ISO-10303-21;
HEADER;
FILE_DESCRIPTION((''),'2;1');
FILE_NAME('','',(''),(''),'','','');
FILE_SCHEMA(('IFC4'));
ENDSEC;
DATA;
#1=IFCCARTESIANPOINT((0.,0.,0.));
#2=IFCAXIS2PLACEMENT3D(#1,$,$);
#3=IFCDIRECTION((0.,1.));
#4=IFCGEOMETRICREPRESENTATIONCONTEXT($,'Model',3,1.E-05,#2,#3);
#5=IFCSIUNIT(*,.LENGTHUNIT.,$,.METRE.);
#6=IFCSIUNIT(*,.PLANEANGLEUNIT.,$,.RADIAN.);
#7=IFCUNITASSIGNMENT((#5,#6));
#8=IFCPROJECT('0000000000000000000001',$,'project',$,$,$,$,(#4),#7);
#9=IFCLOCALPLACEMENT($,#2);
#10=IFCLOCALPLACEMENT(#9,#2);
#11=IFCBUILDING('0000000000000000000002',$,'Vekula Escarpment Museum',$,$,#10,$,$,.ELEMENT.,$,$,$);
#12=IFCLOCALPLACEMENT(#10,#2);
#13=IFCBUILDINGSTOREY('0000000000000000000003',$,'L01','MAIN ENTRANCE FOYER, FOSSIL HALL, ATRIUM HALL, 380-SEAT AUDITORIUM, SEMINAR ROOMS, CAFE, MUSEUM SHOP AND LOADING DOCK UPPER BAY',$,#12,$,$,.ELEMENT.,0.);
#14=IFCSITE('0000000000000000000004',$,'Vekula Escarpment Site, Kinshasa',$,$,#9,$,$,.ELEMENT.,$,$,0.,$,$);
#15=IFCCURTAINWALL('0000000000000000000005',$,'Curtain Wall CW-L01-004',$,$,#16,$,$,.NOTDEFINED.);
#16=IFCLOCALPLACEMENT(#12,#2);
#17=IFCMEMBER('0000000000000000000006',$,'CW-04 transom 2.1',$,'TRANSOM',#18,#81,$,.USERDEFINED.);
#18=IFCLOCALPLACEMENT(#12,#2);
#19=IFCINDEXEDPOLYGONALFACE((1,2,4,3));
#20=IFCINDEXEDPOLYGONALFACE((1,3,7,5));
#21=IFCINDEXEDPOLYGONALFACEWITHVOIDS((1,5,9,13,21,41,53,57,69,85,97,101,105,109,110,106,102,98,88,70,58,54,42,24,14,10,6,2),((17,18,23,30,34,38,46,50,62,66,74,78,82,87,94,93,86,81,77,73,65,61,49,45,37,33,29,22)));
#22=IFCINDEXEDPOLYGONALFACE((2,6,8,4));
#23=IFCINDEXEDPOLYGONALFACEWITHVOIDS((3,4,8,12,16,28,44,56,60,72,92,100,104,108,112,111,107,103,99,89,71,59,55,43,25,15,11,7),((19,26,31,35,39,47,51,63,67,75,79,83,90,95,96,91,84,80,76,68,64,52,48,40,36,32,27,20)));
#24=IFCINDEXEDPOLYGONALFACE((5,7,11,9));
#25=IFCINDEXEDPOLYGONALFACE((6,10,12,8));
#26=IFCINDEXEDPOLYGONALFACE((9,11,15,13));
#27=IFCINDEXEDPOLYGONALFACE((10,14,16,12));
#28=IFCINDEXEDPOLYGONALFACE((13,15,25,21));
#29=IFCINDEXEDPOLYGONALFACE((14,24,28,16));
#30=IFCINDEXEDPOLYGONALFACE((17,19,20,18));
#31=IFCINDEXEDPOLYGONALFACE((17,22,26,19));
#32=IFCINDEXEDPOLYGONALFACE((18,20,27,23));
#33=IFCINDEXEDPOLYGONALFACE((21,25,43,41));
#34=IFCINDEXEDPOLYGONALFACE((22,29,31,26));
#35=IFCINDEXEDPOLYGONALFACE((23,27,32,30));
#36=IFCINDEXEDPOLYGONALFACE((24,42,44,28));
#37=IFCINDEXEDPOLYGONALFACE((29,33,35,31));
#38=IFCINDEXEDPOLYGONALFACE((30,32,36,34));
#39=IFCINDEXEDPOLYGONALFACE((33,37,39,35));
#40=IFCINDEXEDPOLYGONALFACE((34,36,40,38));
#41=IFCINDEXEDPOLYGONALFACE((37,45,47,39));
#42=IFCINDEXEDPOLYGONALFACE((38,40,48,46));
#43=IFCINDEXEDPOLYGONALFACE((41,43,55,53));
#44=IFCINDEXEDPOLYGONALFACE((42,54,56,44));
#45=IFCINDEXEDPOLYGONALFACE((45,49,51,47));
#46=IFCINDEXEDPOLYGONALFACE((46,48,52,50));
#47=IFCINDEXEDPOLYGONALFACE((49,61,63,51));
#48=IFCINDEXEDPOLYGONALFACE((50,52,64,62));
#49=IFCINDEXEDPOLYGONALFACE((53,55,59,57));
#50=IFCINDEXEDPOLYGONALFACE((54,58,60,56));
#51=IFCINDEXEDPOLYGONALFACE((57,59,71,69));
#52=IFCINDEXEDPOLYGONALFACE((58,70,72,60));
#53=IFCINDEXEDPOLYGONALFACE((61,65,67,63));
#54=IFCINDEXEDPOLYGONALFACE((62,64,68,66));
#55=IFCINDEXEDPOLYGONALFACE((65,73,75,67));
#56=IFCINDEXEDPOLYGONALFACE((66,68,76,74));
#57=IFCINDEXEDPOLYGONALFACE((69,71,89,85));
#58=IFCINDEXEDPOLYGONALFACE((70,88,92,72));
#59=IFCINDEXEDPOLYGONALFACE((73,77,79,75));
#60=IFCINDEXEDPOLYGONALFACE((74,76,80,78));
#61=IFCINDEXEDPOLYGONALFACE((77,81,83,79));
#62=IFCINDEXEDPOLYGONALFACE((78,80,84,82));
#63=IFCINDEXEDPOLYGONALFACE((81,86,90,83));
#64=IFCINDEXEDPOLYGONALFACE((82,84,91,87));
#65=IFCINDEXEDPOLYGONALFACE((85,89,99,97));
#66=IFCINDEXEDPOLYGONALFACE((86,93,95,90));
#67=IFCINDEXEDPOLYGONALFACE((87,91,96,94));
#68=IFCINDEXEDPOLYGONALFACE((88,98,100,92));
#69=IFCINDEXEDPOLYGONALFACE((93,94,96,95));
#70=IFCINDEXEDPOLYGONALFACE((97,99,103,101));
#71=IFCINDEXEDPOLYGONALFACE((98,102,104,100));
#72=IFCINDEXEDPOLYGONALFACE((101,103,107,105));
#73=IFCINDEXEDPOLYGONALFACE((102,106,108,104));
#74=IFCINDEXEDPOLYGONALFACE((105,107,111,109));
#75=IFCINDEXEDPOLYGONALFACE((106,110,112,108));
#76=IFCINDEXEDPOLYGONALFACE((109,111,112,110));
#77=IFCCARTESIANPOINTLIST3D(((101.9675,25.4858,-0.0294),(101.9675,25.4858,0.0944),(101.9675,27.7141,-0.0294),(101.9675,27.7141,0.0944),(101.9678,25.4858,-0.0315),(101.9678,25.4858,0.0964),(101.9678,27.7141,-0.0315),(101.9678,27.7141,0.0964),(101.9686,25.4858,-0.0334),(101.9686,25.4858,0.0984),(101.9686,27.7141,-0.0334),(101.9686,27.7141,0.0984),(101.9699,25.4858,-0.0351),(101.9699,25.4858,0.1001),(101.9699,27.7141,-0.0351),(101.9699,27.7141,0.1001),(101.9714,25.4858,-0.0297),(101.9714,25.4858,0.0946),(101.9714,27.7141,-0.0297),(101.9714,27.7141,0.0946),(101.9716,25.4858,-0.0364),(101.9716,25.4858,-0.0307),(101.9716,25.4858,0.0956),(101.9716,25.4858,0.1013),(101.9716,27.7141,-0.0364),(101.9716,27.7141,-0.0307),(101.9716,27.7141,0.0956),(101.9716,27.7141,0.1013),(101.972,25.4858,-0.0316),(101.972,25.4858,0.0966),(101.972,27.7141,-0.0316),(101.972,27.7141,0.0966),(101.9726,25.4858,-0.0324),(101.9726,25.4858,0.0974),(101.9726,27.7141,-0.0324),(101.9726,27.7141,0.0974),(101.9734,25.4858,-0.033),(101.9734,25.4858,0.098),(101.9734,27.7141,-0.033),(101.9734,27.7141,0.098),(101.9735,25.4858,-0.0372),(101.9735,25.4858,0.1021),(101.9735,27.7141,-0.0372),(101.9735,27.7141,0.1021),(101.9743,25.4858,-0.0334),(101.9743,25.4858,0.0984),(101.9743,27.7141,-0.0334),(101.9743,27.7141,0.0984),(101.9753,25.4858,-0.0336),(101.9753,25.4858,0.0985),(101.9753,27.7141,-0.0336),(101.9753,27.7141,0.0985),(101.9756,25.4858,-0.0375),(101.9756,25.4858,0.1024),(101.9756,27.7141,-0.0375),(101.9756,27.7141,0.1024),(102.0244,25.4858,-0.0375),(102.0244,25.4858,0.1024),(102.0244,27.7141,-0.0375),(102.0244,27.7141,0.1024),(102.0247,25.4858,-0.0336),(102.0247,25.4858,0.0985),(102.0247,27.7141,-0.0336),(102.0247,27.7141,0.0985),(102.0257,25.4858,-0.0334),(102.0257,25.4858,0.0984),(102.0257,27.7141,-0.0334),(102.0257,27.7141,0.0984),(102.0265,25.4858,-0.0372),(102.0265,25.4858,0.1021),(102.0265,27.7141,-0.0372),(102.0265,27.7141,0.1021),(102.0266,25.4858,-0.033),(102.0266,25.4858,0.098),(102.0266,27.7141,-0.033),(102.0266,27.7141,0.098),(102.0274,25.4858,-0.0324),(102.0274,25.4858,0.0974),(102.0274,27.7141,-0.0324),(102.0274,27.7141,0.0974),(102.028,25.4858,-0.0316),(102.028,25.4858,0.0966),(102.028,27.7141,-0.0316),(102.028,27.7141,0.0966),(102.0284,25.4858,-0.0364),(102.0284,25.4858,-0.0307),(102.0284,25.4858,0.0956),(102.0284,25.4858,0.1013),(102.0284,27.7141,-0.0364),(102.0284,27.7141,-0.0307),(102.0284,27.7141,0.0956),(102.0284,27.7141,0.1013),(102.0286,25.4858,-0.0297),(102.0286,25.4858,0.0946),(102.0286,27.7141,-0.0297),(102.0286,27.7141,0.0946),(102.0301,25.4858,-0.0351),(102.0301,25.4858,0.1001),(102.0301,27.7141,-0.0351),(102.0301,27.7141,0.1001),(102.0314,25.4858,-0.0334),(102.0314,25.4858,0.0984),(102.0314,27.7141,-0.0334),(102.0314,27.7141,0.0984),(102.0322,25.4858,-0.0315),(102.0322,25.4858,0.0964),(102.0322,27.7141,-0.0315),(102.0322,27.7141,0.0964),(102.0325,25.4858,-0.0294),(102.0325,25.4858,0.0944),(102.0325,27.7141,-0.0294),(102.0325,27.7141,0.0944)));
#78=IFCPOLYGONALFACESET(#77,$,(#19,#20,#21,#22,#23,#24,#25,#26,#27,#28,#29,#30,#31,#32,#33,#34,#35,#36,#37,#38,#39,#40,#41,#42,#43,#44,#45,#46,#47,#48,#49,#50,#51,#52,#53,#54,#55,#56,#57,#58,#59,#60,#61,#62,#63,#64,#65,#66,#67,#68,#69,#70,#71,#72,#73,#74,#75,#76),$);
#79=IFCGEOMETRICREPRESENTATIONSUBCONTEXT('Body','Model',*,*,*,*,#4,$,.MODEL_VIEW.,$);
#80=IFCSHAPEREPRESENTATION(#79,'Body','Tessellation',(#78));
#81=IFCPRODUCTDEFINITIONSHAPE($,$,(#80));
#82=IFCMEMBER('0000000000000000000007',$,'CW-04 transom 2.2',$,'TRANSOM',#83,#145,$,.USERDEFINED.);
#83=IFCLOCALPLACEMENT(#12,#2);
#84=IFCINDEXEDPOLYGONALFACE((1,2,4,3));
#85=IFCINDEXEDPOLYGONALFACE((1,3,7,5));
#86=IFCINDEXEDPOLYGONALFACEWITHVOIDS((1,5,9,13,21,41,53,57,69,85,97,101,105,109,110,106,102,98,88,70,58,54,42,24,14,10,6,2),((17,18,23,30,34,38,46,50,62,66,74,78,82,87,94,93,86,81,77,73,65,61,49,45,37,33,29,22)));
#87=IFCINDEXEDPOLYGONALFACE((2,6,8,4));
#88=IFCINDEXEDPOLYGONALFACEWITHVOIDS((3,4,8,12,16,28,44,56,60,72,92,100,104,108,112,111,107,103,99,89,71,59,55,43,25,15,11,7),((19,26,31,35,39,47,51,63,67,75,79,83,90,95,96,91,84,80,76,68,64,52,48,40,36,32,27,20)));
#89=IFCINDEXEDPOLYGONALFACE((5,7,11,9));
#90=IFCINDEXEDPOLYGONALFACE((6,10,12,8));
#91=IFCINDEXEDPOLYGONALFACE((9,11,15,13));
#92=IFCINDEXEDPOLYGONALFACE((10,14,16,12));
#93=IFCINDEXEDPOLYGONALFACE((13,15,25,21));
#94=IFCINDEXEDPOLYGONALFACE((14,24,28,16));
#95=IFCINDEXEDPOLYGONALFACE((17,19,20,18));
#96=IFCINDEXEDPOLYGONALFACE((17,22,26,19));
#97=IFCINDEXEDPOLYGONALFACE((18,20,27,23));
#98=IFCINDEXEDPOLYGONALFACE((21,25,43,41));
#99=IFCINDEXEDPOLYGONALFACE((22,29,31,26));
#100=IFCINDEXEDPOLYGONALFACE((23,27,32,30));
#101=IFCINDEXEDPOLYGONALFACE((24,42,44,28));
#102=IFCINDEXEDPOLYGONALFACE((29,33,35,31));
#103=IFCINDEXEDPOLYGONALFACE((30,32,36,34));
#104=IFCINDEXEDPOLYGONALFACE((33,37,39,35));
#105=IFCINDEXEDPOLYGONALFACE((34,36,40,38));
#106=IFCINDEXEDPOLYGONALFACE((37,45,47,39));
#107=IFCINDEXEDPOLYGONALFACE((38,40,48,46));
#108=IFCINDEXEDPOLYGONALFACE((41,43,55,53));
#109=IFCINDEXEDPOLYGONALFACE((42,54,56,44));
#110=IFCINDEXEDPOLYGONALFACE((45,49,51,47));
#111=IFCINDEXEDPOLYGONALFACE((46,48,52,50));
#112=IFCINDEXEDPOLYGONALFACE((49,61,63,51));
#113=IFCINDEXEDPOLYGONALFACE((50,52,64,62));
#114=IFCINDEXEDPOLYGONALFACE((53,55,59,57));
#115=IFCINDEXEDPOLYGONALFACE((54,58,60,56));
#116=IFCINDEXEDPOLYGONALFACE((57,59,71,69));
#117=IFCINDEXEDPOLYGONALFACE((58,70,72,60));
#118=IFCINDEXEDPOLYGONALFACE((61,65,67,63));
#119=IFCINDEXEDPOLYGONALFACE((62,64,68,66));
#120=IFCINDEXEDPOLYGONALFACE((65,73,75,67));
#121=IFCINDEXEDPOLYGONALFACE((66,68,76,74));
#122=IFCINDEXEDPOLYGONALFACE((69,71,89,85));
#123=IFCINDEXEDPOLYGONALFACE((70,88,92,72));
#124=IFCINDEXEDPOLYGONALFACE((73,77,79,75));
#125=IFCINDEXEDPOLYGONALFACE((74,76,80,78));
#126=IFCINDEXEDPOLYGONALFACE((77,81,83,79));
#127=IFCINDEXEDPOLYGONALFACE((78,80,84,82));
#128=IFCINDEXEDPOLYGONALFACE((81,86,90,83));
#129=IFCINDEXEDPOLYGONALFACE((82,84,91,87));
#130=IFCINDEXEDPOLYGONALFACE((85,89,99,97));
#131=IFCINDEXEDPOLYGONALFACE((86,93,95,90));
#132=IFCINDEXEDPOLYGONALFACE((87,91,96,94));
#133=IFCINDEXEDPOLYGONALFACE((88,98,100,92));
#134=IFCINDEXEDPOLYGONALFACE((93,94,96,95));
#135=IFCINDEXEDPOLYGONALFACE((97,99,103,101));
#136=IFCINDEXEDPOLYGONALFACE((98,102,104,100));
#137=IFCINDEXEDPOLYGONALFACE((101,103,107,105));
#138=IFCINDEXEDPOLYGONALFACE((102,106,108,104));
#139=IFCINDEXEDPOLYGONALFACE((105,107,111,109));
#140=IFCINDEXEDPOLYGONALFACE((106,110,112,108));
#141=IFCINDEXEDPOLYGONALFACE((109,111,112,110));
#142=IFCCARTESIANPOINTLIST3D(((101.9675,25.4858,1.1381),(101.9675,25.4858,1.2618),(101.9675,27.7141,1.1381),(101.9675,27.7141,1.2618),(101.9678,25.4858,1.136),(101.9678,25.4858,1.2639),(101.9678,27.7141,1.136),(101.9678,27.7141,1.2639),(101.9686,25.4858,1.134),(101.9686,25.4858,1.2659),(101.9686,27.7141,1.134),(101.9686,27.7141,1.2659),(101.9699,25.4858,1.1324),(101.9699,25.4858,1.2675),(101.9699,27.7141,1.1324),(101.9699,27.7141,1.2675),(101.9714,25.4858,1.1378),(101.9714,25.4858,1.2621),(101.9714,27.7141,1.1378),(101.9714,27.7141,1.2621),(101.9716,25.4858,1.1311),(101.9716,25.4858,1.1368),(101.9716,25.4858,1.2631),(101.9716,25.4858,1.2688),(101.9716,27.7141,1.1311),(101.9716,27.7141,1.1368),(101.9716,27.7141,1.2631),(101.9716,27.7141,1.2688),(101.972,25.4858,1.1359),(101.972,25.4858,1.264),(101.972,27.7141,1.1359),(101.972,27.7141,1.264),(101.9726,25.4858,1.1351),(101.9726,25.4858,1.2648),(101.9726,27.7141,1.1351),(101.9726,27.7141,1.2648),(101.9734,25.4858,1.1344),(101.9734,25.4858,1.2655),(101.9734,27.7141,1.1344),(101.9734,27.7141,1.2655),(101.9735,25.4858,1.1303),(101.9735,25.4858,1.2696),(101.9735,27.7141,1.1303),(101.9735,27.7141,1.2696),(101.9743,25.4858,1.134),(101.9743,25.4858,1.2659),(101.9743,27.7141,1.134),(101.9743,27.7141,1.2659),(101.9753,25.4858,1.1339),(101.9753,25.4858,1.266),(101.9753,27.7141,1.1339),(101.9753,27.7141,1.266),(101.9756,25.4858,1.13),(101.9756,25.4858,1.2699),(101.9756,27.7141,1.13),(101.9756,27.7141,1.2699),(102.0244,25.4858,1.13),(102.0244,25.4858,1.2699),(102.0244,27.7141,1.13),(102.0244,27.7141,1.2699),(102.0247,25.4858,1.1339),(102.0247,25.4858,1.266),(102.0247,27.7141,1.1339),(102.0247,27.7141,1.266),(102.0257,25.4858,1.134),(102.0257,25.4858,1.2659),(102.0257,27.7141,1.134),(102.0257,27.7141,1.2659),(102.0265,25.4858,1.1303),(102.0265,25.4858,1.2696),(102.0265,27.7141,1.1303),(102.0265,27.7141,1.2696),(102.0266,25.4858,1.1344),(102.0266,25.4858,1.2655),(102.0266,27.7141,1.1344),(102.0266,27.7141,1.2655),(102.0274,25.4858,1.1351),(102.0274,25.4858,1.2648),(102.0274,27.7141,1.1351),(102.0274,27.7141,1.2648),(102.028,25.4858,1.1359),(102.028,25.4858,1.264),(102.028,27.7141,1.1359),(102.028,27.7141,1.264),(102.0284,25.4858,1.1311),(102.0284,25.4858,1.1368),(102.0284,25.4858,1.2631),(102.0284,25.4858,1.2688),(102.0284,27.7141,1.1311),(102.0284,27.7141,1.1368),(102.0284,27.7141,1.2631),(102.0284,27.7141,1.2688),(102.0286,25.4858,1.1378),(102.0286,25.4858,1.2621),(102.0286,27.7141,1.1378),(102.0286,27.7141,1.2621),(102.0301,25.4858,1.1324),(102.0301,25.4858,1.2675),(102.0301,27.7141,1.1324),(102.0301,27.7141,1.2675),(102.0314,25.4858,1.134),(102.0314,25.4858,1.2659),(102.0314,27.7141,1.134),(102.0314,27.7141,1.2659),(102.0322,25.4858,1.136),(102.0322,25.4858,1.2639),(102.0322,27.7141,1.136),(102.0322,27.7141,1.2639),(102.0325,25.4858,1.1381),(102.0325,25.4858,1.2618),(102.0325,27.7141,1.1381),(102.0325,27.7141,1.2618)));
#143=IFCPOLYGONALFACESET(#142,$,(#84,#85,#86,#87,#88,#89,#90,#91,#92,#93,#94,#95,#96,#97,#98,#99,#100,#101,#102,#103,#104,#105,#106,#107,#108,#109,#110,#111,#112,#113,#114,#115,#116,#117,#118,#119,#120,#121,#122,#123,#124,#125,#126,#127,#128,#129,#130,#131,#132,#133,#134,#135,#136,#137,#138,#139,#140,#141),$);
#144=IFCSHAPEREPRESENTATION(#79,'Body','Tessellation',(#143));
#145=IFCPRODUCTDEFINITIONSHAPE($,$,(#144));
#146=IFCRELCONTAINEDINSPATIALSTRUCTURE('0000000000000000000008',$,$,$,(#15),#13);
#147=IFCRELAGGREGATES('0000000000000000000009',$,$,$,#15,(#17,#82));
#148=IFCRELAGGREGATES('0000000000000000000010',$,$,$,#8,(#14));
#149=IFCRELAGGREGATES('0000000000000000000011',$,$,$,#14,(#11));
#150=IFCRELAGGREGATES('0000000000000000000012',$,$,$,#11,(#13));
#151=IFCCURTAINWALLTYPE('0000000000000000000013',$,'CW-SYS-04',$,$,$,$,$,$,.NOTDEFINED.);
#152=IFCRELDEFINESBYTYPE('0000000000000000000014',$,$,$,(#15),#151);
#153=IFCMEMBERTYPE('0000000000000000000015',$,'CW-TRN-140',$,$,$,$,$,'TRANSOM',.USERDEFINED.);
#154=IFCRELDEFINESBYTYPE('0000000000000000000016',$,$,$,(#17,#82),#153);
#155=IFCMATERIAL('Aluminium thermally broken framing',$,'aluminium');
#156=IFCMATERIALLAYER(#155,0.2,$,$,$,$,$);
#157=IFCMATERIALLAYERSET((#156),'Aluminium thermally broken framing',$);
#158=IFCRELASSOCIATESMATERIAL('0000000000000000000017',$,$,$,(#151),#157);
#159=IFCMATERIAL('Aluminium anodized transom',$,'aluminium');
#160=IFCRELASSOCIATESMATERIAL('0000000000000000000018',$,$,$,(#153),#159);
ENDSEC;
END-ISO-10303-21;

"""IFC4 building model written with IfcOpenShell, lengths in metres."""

from ifc_helpers import new_model, si_unit, direction, frame, origin, origin_2d, place, context, subcontext, project, spatial, hollow_rectangle, extrude, material, layer, layer_set, material_profile, profile_set, type_object, element, aggregate, save


model = new_model("IFC4")

# Units and contexts
model_context = context("Model", 3, precision=1e-05, world=origin(), true_north=direction((0.0, 1.0)))
body_context = subcontext(model_context, "Body", "Model", "MODEL_VIEW")
ifc_project = project(units=[si_unit("LENGTHUNIT", "METRE"), si_unit("PLANEANGLEUNIT", "RADIAN")], contexts=[model_context])

# Site, building, storey
site_placement = place(None, origin())
site = spatial("IfcSite", under=ifc_project, at=site_placement, Name="Vekula Escarpment Site, Kinshasa", CompositionType="ELEMENT", RefElevation=0.0)
building_placement = place(site_placement, origin())
building = spatial("IfcBuilding", under=site, at=building_placement, Name="Vekula Escarpment Museum", CompositionType="ELEMENT")
storey_placement = place(building_placement, origin())
storey = spatial("IfcBuildingStorey", under=building, at=storey_placement, Name="L01", Description="MAIN ENTRANCE FOYER, FOSSIL HALL, ATRIUM HALL, 380-SEAT AUDITORIUM, SEMINAR ROOMS, CAFE, MUSEUM SHOP AND LOADING DOCK UPPER BAY", CompositionType="ELEMENT", Elevation=0.0)

# Curtain wall
ifc_material_1 = material(Name="Aluminium thermally broken framing", Category="aluminium")
ifc_layer_1 = layer(ifc_material_1, 0.2)
ifc_layer_set_1 = layer_set([ifc_layer_1], Name="Aluminium thermally broken framing")
curtain_wall_type_1 = type_object("IfcCurtainWallType", Name="CW-SYS-04", PredefinedType="NOTDEFINED", material=ifc_layer_set_1)
curtain_wall_1_placement = place(storey_placement, origin())
curtain_wall_1 = element("IfcCurtainWall", 1, at=curtain_wall_1_placement, inside=storey, type_object=curtain_wall_type_1, Name="Curtain Wall CW-L01-004", PredefinedType="NOTDEFINED")

# Members
ifc_material_2 = material(Name="Aluminium anodized transom", Category="aluminium")
ifc_material_profile_1 = material_profile(ifc_material_2, hollow_rectangle(XDim=0.0649, YDim=0.1399, WallThickness=0.0039, InnerFilletRadius=0.0039, OuterFilletRadius=0.0081, at=origin_2d()), Name="ALU 140x65x4")
ifc_profile_set_1 = profile_set([ifc_material_profile_1], Name="Aluminium anodized transom")
member_type_1 = type_object("IfcMemberType", Name="CW-TRN-140", ElementType="TRANSOM", PredefinedType="USERDEFINED", material=ifc_profile_set_1)
member_1_placement = place(storey_placement, frame((102.0, 25.4858, 0.0325), z_axis=(0.0, 1.0, 0.0), x_axis=(-1.0, 0.0, 0.0)))
member_1 = element("IfcMember", 2, at=member_1_placement, type_object=member_type_1, Name="CW-04 transom 2.1", ObjectType="TRANSOM", PredefinedType="USERDEFINED", context=body_context, shape_type="SweptSolid", body=[
    extrude(hollow_rectangle(XDim=0.0649, YDim=0.1399, WallThickness=0.0039, InnerFilletRadius=0.0039, OuterFilletRadius=0.0081, at=origin_2d()), origin(), (0.0, 0.0, 1.0), 2.2283),
])
member_2_placement = place(storey_placement, frame((102.0, 25.4858, 1.2), z_axis=(0.0, 1.0, 0.0), x_axis=(-1.0, 0.0, 0.0)))
member_2 = element("IfcMember", 3, at=member_2_placement, type_object=member_type_1, Name="CW-04 transom 2.2", ObjectType="TRANSOM", PredefinedType="USERDEFINED", context=body_context, shape_type="SweptSolid", body=[
    extrude(hollow_rectangle(XDim=0.0649, YDim=0.1399, WallThickness=0.0039, InnerFilletRadius=0.0039, OuterFilletRadius=0.0081, at=origin_2d()), origin(), (0.0, 0.0, 1.0), 2.2283),
])

aggregate(curtain_wall_1, [member_1, member_2])

save(model, "model.ifc")
